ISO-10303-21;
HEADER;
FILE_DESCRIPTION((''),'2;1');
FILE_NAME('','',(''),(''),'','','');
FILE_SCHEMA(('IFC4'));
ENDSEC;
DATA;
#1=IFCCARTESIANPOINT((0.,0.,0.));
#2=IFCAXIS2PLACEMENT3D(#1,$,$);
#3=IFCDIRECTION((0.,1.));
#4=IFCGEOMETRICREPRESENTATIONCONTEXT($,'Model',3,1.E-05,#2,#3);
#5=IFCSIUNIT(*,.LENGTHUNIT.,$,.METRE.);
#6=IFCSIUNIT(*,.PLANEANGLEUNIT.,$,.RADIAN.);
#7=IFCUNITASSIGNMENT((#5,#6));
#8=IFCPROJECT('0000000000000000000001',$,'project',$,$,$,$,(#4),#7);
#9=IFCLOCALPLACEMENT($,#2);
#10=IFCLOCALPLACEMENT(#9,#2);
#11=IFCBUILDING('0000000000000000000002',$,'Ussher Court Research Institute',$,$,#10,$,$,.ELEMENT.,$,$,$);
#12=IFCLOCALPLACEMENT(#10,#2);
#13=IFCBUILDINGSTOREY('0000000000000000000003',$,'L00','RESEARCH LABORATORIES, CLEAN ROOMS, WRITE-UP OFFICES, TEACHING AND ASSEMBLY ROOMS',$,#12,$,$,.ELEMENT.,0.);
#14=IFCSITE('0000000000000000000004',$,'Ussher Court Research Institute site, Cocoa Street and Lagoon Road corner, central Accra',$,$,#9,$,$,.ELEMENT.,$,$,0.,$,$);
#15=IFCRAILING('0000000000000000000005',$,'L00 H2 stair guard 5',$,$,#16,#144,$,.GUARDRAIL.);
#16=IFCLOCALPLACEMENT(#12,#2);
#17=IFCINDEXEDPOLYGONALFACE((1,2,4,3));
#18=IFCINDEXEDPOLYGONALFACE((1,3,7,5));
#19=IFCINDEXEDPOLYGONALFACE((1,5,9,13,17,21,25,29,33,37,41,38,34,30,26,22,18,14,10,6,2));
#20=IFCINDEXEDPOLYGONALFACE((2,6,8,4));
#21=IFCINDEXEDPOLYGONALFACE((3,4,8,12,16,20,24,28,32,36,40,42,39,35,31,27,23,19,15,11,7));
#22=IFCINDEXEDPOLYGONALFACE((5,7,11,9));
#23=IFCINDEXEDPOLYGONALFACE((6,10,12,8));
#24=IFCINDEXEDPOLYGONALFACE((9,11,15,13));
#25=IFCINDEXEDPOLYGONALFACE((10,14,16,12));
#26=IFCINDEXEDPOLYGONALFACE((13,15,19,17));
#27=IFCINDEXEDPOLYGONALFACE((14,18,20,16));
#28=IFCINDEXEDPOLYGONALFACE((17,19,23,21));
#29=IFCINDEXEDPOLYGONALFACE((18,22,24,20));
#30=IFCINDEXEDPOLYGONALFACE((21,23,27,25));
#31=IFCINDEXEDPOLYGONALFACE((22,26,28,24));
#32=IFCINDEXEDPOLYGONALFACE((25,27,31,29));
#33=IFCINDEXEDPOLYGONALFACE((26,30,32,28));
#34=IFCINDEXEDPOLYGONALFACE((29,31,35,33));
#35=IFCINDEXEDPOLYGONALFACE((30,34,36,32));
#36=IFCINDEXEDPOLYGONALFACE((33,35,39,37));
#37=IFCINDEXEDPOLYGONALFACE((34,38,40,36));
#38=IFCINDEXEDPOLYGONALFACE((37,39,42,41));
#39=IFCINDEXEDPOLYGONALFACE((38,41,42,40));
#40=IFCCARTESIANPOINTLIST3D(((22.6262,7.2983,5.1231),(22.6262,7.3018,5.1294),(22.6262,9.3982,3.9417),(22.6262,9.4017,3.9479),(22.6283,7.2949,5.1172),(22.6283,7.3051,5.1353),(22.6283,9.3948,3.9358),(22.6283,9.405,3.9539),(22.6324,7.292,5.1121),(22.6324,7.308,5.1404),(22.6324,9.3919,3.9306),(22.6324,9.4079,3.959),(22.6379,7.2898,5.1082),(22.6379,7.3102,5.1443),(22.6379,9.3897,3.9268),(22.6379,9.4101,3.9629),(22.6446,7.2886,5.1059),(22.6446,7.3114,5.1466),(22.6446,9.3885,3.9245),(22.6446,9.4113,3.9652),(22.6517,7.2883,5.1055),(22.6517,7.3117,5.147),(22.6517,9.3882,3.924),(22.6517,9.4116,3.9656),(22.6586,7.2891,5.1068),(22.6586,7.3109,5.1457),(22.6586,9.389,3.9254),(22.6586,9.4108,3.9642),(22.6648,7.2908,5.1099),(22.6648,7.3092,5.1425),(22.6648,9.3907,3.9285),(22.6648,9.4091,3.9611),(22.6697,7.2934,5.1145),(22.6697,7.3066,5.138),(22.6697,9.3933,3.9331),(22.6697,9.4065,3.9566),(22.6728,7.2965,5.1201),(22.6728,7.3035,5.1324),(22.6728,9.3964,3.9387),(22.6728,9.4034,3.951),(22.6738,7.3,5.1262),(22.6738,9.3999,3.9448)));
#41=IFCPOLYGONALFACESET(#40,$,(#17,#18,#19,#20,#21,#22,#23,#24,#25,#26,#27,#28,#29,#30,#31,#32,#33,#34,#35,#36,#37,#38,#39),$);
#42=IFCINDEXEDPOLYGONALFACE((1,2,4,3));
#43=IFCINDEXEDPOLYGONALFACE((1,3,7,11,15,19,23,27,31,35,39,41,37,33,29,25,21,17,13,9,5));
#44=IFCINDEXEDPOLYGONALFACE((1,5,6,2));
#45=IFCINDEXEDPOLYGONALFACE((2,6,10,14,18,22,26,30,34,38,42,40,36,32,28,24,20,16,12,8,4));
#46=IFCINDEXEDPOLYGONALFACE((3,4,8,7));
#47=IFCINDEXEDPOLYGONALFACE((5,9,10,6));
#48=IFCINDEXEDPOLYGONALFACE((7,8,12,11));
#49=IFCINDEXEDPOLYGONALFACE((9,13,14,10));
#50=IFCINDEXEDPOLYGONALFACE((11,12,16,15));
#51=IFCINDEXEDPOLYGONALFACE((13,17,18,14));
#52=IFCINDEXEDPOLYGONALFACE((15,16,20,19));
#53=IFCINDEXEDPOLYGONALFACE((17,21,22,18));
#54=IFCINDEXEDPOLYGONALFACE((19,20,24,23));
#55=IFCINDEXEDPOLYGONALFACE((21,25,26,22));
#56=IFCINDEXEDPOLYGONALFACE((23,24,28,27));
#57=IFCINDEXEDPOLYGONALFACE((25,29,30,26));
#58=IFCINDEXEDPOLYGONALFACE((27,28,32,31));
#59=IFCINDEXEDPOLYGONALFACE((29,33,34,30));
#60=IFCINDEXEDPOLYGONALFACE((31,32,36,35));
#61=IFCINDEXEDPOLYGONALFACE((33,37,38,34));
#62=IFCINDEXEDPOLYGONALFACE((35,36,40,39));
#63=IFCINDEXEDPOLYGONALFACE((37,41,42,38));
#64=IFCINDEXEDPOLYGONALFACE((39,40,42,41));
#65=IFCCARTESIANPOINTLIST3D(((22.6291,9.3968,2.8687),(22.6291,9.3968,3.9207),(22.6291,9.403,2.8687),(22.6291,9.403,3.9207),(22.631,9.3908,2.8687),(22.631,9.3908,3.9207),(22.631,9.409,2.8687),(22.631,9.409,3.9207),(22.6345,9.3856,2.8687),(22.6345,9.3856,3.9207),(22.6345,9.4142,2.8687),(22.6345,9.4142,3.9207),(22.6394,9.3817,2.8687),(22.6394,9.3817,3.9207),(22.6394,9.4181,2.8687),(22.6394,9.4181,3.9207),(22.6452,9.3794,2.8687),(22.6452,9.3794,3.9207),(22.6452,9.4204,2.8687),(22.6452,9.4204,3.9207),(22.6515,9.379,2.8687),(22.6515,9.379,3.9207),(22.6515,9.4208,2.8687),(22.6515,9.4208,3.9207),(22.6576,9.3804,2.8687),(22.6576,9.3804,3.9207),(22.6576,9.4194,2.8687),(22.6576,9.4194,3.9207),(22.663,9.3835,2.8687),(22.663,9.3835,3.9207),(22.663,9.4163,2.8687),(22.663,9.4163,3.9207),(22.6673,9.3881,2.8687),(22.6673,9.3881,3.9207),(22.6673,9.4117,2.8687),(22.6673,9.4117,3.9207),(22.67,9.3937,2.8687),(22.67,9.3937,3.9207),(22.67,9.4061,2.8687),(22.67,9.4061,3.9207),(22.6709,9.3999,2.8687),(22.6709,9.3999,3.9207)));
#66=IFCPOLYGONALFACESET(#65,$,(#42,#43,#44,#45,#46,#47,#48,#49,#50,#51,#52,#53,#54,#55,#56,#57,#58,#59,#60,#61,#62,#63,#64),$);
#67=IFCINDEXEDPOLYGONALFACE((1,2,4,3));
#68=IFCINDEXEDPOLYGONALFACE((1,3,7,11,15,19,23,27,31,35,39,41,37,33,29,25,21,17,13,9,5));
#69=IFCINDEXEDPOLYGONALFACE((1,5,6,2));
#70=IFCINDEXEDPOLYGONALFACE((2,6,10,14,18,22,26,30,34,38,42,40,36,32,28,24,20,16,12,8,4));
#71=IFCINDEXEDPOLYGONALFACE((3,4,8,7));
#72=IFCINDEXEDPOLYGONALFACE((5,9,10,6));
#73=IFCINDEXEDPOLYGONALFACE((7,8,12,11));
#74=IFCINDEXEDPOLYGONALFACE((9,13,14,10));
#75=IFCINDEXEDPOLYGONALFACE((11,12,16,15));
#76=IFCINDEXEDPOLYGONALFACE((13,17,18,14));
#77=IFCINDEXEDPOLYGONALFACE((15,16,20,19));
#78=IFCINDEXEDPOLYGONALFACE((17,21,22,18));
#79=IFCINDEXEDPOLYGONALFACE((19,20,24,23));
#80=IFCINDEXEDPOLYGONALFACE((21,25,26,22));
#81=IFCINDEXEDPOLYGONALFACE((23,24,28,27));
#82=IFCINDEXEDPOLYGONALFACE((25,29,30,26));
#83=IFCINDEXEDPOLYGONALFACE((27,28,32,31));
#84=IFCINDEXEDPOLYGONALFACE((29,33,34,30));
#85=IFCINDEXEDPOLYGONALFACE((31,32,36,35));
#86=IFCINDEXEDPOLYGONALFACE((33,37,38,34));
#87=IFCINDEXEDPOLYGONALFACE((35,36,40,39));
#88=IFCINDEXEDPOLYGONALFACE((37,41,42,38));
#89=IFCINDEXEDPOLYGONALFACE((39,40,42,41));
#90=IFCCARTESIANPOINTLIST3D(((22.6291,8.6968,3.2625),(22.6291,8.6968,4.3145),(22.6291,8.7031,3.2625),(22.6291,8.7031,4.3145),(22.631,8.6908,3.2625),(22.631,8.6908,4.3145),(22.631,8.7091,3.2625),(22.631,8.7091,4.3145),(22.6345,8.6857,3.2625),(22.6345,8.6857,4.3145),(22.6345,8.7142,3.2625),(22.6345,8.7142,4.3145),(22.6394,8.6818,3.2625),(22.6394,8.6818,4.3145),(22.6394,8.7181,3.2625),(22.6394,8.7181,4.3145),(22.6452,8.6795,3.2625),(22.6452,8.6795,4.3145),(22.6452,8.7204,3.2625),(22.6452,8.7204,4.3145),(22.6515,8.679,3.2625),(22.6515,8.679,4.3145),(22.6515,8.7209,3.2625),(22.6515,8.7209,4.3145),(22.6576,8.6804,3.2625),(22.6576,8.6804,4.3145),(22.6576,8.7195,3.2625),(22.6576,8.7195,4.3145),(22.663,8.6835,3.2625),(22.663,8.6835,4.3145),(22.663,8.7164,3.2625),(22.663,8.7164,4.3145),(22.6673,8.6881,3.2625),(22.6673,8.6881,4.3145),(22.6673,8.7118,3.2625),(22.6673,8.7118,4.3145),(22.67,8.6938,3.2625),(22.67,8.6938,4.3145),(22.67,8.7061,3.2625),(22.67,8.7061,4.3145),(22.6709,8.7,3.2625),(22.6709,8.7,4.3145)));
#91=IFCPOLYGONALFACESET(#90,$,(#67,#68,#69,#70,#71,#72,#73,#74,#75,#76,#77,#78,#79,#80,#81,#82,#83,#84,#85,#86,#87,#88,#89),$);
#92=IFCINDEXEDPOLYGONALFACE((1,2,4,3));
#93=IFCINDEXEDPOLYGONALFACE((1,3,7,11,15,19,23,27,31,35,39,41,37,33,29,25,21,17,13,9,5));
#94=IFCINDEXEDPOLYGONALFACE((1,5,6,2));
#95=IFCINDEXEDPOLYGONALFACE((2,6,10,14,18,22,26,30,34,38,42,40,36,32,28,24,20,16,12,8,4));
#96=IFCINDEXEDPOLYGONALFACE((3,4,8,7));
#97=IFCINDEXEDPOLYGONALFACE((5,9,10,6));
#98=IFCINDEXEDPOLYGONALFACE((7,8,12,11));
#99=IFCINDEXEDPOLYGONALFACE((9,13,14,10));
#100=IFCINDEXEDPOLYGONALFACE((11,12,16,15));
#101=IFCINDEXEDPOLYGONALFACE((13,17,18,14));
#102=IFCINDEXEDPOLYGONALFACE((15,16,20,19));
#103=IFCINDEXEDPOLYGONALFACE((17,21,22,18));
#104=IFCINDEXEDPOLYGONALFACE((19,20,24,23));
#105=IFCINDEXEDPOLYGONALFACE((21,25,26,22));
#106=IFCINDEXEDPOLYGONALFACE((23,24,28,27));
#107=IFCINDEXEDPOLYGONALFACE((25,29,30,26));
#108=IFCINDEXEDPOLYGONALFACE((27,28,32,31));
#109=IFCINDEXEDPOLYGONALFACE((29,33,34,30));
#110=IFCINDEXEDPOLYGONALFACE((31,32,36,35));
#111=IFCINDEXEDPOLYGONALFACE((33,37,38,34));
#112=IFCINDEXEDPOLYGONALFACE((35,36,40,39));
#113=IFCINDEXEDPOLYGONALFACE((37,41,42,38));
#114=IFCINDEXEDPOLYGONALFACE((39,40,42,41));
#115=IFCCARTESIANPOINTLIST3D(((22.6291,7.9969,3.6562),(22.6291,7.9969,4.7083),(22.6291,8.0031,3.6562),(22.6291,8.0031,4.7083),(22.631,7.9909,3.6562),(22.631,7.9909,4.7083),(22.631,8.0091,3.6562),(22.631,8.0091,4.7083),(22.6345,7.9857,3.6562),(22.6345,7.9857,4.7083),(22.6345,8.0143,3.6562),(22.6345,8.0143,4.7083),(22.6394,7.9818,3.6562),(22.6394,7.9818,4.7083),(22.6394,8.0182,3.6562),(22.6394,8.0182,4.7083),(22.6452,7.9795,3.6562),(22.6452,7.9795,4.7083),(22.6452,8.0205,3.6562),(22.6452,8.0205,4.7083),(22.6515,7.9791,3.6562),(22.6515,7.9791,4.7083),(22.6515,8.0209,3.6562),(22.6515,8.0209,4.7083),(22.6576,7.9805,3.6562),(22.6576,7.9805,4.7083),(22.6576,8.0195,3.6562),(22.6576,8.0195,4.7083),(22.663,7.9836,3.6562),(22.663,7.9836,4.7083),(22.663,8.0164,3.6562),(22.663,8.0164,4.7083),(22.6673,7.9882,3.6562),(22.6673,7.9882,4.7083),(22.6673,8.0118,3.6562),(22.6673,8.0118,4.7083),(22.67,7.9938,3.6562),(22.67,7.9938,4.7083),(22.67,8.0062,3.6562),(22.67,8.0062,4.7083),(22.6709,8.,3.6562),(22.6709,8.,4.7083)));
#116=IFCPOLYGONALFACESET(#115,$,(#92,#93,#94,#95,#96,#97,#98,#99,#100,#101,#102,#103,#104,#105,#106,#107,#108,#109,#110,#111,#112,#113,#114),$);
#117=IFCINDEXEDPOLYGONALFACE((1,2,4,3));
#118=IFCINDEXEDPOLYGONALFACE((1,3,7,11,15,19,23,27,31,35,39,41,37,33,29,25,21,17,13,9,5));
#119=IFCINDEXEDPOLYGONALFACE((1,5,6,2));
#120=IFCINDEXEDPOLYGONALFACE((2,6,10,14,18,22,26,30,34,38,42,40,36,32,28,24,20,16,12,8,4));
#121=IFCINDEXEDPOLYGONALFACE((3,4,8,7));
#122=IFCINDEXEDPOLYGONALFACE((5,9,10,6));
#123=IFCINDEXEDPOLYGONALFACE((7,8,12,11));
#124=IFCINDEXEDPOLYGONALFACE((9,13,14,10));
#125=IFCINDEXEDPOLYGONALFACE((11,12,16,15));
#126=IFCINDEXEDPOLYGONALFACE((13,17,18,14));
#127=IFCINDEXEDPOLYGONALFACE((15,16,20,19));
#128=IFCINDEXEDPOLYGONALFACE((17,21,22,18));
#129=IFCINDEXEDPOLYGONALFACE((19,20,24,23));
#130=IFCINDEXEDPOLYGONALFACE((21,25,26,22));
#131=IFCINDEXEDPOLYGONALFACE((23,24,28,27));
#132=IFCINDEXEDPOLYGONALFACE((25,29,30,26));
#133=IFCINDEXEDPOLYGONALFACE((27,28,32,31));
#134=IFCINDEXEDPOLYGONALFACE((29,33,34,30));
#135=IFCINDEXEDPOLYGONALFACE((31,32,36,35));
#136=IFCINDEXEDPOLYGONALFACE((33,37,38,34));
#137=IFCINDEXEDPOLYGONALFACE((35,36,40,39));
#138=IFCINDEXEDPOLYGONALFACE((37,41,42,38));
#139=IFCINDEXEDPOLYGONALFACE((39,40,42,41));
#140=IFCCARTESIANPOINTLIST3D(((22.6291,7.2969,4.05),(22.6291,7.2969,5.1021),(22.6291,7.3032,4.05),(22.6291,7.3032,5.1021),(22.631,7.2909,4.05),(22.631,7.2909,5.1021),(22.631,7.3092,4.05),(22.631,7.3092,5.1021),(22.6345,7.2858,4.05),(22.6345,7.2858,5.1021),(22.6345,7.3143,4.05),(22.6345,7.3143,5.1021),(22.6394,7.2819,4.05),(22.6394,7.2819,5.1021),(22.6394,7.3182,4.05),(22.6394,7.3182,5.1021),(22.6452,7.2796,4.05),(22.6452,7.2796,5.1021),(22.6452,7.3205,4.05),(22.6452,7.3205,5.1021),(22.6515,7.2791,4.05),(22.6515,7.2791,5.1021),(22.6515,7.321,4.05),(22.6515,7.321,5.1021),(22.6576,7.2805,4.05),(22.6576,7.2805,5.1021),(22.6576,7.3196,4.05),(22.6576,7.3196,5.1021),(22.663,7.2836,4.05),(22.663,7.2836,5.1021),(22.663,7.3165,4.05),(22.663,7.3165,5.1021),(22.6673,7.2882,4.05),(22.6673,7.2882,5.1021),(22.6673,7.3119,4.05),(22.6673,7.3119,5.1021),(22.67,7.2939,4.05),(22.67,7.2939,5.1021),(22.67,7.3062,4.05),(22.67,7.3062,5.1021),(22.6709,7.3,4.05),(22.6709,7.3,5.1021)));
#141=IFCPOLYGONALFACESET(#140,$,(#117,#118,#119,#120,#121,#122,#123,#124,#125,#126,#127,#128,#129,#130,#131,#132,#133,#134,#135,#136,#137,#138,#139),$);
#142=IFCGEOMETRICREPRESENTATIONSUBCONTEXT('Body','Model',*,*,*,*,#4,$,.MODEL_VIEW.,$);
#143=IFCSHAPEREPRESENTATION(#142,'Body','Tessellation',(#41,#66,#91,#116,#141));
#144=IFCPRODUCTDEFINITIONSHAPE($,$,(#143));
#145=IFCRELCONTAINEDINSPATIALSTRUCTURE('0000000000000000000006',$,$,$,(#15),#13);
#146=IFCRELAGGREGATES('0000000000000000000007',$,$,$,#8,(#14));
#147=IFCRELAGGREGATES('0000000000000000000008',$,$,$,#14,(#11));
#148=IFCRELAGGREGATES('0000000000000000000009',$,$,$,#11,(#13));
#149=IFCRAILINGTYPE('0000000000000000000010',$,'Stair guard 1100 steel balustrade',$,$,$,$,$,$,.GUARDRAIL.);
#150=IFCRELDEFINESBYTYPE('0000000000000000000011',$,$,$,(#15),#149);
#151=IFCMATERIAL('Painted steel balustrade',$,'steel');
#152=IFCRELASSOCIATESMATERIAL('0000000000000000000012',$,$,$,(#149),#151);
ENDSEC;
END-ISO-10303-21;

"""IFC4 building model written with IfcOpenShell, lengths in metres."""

from ifc_helpers import new_model, si_unit, direction, frame, origin, origin_2d, place, context, subcontext, project, spatial, circle, extrude, material, type_object, element, save


model = new_model("IFC4")

# Units and contexts
model_context = context("Model", 3, precision=1e-05, world=origin(), true_north=direction((0.0, 1.0)))
body_context = subcontext(model_context, "Body", "Model", "MODEL_VIEW")
ifc_project = project(units=[si_unit("LENGTHUNIT", "METRE"), si_unit("PLANEANGLEUNIT", "RADIAN")], contexts=[model_context])

# Site, building, storey
site_placement = place(None, origin())
site = spatial("IfcSite", under=ifc_project, at=site_placement, Name="Ussher Court Research Institute site, Cocoa Street and Lagoon Road corner, central Accra", CompositionType="ELEMENT", RefElevation=0.0)
building_placement = place(site_placement, origin())
building = spatial("IfcBuilding", under=site, at=building_placement, Name="Ussher Court Research Institute", CompositionType="ELEMENT")
storey_placement = place(building_placement, origin())
storey = spatial("IfcBuildingStorey", under=building, at=storey_placement, Name="L00", Description="RESEARCH LABORATORIES, CLEAN ROOMS, WRITE-UP OFFICES, TEACHING AND ASSEMBLY ROOMS", CompositionType="ELEMENT", Elevation=0.0)

# Railing
ifc_material_1 = material(Name="Painted steel balustrade", Category="steel")
railing_type_1 = type_object("IfcRailingType", Name="Stair guard 1100 steel balustrade", PredefinedType="GUARDRAIL", material=ifc_material_1)
railing_1_placement = place(storey_placement, frame((22.6499, 9.3999, 2.8687)))
element("IfcRailing", 1, at=railing_1_placement, inside=storey, type_object=railing_type_1, Name="L00 H2 stair guard 5", PredefinedType="GUARDRAIL", context=body_context, shape_type="SweptSolid", body=[
    extrude(circle(Radius=0.0239, at=origin_2d()), frame((0.0, 0.0, 1.0762), z_axis=(0.0, -0.871535, 0.490333), x_axis=(1.0, 0.0, 0.0)), (0.0, 0.0, 1.0), 2.4094),
    extrude(circle(Radius=0.021, at=origin_2d()), origin(), (0.0, 0.0, 1.0), 1.052),
    extrude(circle(Radius=0.021, at=origin_2d()), frame((0.0, -0.7, 0.3938)), (0.0, 0.0, 1.0), 1.052),
    extrude(circle(Radius=0.021, at=origin_2d()), frame((0.0, -1.3999, 0.7876)), (0.0, 0.0, 1.0), 1.052),
    extrude(circle(Radius=0.021, at=origin_2d()), frame((0.0, -2.0999, 1.1814)), (0.0, 0.0, 1.0), 1.052),
])

save(model, "model.ifc")
